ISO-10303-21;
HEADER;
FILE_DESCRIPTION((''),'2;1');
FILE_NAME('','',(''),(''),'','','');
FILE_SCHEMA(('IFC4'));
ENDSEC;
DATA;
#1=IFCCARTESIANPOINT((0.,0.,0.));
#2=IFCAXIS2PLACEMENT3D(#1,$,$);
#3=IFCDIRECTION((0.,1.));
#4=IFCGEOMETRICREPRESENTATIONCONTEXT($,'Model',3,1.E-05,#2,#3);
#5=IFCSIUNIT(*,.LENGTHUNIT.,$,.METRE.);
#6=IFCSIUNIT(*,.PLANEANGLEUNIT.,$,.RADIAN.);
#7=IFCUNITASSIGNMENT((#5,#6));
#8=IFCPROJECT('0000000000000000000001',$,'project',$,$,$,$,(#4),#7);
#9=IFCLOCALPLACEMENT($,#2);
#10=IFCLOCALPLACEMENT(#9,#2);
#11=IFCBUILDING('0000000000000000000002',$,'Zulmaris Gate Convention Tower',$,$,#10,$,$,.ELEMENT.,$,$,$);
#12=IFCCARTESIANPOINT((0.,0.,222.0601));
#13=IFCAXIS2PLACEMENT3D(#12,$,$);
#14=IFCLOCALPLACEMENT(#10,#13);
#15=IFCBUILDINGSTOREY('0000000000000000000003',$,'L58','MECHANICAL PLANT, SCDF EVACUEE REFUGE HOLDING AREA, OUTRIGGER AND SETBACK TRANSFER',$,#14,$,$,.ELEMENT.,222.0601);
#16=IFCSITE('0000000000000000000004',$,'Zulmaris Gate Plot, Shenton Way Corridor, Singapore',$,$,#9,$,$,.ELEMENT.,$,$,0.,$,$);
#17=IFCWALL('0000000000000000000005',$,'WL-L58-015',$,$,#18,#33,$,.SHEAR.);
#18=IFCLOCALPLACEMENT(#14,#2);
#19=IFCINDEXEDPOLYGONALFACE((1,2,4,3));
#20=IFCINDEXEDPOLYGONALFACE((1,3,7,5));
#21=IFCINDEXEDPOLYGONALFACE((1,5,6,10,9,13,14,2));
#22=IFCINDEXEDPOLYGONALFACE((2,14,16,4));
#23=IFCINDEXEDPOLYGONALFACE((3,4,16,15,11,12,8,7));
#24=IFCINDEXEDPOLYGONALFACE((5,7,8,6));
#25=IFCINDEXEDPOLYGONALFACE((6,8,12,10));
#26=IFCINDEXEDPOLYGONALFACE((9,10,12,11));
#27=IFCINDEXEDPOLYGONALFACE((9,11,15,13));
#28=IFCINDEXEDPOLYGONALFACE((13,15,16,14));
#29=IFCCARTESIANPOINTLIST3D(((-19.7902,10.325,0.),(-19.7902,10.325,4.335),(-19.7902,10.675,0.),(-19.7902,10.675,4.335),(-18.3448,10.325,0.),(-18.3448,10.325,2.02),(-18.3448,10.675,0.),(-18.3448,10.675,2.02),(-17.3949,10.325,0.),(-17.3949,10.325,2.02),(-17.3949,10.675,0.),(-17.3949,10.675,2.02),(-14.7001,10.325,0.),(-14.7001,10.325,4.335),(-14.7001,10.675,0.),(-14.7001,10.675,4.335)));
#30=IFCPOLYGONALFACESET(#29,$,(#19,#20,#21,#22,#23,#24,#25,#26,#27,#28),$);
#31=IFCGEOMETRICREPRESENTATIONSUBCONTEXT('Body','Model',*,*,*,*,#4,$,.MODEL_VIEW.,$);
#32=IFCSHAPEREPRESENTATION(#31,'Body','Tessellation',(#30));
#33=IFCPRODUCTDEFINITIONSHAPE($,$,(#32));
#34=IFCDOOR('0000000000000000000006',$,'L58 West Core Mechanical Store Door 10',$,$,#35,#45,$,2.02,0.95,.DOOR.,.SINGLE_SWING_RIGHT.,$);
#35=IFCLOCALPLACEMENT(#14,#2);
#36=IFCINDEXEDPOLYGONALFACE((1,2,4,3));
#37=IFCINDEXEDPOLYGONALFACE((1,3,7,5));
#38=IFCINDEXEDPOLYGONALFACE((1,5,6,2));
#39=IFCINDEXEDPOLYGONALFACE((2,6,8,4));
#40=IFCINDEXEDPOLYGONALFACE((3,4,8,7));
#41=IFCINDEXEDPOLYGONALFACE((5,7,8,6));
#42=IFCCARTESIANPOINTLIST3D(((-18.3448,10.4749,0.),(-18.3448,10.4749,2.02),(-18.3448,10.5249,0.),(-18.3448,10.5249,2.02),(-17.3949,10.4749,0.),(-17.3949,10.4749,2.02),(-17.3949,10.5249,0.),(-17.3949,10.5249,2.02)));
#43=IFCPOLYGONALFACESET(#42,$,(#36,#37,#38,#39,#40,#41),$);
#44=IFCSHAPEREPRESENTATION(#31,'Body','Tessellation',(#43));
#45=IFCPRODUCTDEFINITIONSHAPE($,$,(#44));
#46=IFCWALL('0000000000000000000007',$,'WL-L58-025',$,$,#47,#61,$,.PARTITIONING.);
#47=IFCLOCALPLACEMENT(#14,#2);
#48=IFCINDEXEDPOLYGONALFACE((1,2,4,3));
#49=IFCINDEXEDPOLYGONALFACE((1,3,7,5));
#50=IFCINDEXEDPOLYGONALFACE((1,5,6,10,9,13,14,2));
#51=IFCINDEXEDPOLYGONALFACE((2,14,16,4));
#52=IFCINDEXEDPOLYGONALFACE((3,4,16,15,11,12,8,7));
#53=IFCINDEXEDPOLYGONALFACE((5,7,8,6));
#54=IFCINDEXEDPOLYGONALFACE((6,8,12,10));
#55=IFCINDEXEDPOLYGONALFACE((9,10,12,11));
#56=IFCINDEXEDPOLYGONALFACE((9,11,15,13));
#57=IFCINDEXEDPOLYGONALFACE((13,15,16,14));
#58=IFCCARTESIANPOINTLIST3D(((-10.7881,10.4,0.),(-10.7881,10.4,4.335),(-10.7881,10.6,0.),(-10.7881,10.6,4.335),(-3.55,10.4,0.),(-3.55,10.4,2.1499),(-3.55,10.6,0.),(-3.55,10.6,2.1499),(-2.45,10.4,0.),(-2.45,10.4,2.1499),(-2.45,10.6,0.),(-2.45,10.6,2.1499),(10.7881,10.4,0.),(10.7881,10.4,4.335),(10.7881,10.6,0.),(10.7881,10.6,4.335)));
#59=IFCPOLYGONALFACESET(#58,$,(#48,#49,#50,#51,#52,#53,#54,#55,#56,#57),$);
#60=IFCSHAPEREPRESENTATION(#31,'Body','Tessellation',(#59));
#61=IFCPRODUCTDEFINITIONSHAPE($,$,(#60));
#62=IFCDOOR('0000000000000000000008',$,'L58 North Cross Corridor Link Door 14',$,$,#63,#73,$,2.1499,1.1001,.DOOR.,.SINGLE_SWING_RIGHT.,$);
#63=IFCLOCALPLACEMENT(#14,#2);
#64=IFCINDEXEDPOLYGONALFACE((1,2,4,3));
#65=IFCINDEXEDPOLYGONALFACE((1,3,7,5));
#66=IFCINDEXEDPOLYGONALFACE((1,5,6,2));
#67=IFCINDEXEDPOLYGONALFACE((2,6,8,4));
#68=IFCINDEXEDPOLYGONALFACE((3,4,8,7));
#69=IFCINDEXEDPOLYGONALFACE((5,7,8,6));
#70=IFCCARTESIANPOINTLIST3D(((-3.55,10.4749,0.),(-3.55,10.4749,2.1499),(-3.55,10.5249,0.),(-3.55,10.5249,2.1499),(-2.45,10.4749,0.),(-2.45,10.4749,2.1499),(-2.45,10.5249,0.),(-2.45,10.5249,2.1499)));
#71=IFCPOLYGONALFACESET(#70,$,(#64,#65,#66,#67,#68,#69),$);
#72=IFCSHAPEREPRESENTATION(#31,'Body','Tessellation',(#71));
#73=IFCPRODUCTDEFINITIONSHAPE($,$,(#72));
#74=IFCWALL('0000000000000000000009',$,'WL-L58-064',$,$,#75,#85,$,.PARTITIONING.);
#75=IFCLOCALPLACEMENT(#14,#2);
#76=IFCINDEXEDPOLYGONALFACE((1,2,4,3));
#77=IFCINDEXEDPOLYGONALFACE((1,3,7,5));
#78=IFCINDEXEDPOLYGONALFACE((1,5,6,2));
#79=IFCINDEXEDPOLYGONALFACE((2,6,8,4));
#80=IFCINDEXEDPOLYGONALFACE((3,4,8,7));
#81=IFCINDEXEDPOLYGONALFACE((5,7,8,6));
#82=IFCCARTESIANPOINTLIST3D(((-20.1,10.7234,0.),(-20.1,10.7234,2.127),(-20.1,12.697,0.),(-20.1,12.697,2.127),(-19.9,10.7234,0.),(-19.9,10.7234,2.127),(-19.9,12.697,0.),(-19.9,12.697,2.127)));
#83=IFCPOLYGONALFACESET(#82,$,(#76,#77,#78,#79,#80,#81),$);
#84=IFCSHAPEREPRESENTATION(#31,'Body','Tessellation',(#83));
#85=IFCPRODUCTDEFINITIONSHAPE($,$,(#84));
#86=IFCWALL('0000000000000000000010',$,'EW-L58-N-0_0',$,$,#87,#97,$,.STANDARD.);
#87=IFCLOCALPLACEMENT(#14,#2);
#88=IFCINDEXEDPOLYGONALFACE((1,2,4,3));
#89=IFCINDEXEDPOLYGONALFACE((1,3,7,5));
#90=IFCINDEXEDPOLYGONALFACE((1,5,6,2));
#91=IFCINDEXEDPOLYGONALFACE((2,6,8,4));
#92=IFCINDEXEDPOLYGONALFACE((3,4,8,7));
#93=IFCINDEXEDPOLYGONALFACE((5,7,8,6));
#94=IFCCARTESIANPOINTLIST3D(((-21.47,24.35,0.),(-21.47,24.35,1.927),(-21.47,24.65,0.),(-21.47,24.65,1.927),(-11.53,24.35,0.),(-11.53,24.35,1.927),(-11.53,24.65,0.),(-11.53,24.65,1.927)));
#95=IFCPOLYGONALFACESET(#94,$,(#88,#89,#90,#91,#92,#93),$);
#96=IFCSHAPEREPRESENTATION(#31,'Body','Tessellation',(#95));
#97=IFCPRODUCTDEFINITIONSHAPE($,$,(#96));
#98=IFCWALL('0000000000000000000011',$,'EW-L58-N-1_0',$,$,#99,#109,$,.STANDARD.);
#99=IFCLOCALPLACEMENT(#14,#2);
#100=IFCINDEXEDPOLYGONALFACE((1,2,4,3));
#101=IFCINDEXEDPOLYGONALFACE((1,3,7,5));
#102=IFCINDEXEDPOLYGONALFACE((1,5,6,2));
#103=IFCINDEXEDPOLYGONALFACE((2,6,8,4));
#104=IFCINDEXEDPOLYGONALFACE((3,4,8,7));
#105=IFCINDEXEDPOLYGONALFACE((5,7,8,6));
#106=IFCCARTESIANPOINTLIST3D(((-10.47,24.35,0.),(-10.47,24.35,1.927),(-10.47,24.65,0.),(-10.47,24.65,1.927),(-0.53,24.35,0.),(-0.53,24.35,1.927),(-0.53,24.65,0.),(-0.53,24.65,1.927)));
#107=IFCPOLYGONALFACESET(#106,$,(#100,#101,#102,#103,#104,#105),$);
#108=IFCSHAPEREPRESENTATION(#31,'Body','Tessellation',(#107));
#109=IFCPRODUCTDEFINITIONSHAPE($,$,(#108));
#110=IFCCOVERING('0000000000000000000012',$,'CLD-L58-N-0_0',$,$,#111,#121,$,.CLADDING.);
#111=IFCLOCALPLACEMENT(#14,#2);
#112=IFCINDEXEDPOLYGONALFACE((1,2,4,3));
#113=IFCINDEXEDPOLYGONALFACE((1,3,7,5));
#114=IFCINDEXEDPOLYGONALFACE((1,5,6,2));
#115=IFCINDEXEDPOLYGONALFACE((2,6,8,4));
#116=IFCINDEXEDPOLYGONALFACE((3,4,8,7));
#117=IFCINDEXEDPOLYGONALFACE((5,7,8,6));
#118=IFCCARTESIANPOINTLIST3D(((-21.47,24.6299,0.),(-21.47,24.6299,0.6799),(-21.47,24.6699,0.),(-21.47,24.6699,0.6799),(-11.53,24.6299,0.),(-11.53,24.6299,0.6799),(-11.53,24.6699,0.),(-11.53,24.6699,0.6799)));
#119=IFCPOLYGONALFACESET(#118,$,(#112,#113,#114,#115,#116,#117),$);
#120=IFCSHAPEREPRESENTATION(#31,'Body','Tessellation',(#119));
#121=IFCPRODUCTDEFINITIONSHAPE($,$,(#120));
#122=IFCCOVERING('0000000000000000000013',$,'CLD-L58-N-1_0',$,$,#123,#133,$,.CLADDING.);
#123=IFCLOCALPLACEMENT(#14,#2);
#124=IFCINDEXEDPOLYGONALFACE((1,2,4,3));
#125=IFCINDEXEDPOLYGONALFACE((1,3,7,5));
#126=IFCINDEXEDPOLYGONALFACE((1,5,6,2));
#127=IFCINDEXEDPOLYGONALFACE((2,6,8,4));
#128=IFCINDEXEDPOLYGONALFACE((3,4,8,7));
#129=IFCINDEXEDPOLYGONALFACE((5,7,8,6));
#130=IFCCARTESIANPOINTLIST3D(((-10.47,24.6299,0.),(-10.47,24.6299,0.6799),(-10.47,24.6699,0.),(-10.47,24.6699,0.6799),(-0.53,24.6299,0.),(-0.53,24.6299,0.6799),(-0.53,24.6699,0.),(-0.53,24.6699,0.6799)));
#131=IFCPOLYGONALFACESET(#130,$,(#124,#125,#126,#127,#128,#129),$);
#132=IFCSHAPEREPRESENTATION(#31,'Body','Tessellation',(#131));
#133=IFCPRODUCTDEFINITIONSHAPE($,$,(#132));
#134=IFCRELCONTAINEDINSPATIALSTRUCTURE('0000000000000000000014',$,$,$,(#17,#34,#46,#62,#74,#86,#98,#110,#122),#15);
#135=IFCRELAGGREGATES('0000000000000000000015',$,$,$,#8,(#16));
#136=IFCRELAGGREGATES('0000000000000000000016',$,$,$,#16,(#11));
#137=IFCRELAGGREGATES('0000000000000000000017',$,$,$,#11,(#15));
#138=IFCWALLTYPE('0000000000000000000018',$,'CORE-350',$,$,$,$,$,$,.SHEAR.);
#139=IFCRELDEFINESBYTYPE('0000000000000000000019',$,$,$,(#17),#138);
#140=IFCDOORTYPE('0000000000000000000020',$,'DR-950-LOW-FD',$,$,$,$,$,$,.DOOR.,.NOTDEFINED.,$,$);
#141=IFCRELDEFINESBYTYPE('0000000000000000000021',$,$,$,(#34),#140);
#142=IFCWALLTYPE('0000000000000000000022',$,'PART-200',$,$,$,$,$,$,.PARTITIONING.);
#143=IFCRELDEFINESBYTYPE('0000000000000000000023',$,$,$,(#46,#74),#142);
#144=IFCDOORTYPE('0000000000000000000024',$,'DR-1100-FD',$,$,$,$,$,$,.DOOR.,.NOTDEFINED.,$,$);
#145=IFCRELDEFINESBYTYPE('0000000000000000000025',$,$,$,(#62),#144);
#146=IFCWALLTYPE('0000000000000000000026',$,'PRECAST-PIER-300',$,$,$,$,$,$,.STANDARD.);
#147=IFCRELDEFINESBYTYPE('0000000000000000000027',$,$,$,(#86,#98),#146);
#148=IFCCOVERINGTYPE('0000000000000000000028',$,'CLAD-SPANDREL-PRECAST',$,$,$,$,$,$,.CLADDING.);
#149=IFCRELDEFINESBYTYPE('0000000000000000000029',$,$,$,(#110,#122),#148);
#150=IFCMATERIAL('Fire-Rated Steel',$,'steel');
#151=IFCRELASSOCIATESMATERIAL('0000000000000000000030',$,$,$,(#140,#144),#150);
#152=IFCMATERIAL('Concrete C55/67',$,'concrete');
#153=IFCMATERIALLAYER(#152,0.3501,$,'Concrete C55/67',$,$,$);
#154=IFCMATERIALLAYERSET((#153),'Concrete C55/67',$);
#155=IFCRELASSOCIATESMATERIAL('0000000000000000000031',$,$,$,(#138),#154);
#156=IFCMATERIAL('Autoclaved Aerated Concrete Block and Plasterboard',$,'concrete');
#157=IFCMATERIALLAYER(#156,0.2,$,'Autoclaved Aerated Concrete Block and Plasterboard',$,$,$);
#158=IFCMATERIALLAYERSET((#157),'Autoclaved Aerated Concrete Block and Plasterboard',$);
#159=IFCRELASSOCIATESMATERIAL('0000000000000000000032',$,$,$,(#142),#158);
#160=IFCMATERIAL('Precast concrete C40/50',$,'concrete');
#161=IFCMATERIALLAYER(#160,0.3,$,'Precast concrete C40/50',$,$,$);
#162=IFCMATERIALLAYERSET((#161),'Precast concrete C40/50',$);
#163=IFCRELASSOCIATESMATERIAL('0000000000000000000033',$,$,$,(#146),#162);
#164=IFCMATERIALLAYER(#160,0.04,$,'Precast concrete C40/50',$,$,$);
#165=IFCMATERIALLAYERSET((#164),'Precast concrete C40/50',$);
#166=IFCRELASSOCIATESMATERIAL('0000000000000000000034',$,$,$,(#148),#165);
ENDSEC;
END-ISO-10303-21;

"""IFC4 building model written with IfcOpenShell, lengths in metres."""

from ifc_helpers import new_model, si_unit, direction, frame, frame_2d, origin, place, context, subcontext, project, spatial, rectangle, extrude, material, layer, layer_set, type_object, element, fill, save


model = new_model("IFC4")

# Units and contexts
model_context = context("Model", 3, precision=1e-05, world=origin(), true_north=direction((0.0, 1.0)))
body_context = subcontext(model_context, "Body", "Model", "MODEL_VIEW")
ifc_project = project(units=[si_unit("LENGTHUNIT", "METRE"), si_unit("PLANEANGLEUNIT", "RADIAN")], contexts=[model_context])

# Site, building, storey
site_placement = place(None, origin())
site = spatial("IfcSite", under=ifc_project, at=site_placement, Name="Zulmaris Gate Plot, Shenton Way Corridor, Singapore", CompositionType="ELEMENT", RefElevation=0.0)
building_placement = place(site_placement, origin())
building = spatial("IfcBuilding", under=site, at=building_placement, Name="Zulmaris Gate Convention Tower", CompositionType="ELEMENT")
storey_placement = place(building_placement, frame((0.0, 0.0, 222.0601)))
storey = spatial("IfcBuildingStorey", under=building, at=storey_placement, Name="L58", Description="MECHANICAL PLANT, SCDF EVACUEE REFUGE HOLDING AREA, OUTRIGGER AND SETBACK TRANSFER", CompositionType="ELEMENT", Elevation=222.0601)

# Walls, openings, doors
ifc_material_1 = material(Name="Fire-Rated Steel", Category="steel")
door_type_1 = type_object("IfcDoorType", Name="DR-950-LOW-FD", OperationType="NOTDEFINED", PredefinedType="DOOR", material=ifc_material_1)
ifc_material_2 = material(Name="Concrete C55/67", Category="concrete")
ifc_layer_1 = layer(ifc_material_2, 0.3501, Name="Concrete C55/67")
ifc_layer_set_1 = layer_set([ifc_layer_1], Name="Concrete C55/67")
wall_type_1 = type_object("IfcWallType", Name="CORE-350", PredefinedType="SHEAR", material=ifc_layer_set_1)
wall_1_placement = place(storey_placement, frame((-19.79, 10.5, 0.0), z_axis=(0.0, 0.0, 1.0), x_axis=(1.0, 0.0, 0.0)))
wall_1 = element("IfcWall", 1, at=wall_1_placement, inside=storey, type_object=wall_type_1, Name="WL-L58-015", PredefinedType="SHEAR", context=body_context, shape_type="SweptSolid", body=[
    extrude(rectangle(XDim=5.0901, YDim=0.3501, at=frame_2d((2.5449, 0.0))), origin(), (0.0, 0.0, 1.0), 4.335),
])
opening_1_placement = place(wall_1_placement, frame((1.4451, 0.0, 0.0)))
opening_1 = element("IfcOpeningElement", 2, at=opening_1_placement, cuts=wall_1, PredefinedType="OPENING", context=body_context, shape_type="SweptSolid", body=[
    extrude(rectangle(XDim=0.95, YDim=2.02, at=frame_2d((0.4751, 1.01))), frame((0.0, 0.1851, 0.0), z_axis=(0.0, -1.0, 0.0), x_axis=(1.0, 0.0, 0.0)), (0.0, 0.0, 1.0), 0.3701),
])
door_1_placement = place(opening_1_placement, origin())
door_1 = element("IfcDoor", 3, at=door_1_placement, inside=storey, type_object=door_type_1, Name="L58 West Core Mechanical Store Door 10", OperationType="SINGLE_SWING_RIGHT", OverallHeight=2.02, OverallWidth=0.95, PredefinedType="DOOR", context=body_context, shape_type="SweptSolid", body=[
    extrude(rectangle(XDim=0.95, YDim=2.02, at=frame_2d((0.4751, 1.01))), frame((0.0, 0.0249, 0.0), z_axis=(0.0, -1.0, 0.0), x_axis=(1.0, 0.0, 0.0)), (0.0, 0.0, 1.0), 0.05),
])
fill(opening_1, door_1)
ifc_material_3 = material(Name="Autoclaved Aerated Concrete Block and Plasterboard", Category="concrete")
ifc_layer_2 = layer(ifc_material_3, 0.2, Name="Autoclaved Aerated Concrete Block and Plasterboard")
ifc_layer_set_2 = layer_set([ifc_layer_2], Name="Autoclaved Aerated Concrete Block and Plasterboard")
wall_type_2 = type_object("IfcWallType", Name="PART-200", PredefinedType="PARTITIONING", material=ifc_layer_set_2)
wall_2_placement = place(storey_placement, frame((-10.7881, 10.5, 0.0), z_axis=(0.0, 0.0, 1.0), x_axis=(1.0, 0.0, 0.0)))
wall_2 = element("IfcWall", 4, at=wall_2_placement, inside=storey, type_object=wall_type_2, Name="WL-L58-025", PredefinedType="PARTITIONING", context=body_context, shape_type="SweptSolid", body=[
    extrude(rectangle(XDim=21.5762, YDim=0.2, at=frame_2d((10.7881, 0.0))), origin(), (0.0, 0.0, 1.0), 4.335),
])
opening_2_placement = place(wall_2_placement, frame((7.238, 0.0, 0.0)))
opening_2 = element("IfcOpeningElement", 5, at=opening_2_placement, cuts=wall_2, PredefinedType="OPENING", context=body_context, shape_type="SweptSolid", body=[
    extrude(rectangle(XDim=1.1001, YDim=2.1499, at=frame_2d((0.55, 1.075))), frame((0.0, 0.1099, 0.0), z_axis=(0.0, -1.0, 0.0), x_axis=(1.0, 0.0, 0.0)), (0.0, 0.0, 1.0), 0.22),
])
door_type_2 = type_object("IfcDoorType", Name="DR-1100-FD", OperationType="NOTDEFINED", PredefinedType="DOOR", material=ifc_material_1)
door_2_placement = place(opening_2_placement, origin())
door_2 = element("IfcDoor", 6, at=door_2_placement, inside=storey, type_object=door_type_2, Name="L58 North Cross Corridor Link Door 14", OperationType="SINGLE_SWING_RIGHT", OverallHeight=2.1499, OverallWidth=1.1001, PredefinedType="DOOR", context=body_context, shape_type="SweptSolid", body=[
    extrude(rectangle(XDim=1.1001, YDim=2.1499, at=frame_2d((0.55, 1.075))), frame((0.0, 0.0249, 0.0), z_axis=(0.0, -1.0, 0.0), x_axis=(1.0, 0.0, 0.0)), (0.0, 0.0, 1.0), 0.05),
])
fill(opening_2, door_2)

# Walls
wall_3_placement = place(storey_placement, frame((-20.0, 10.7234, 0.0), z_axis=(0.0, 0.0, 1.0), x_axis=(0.0, 1.0, 0.0)))
element("IfcWall", 7, at=wall_3_placement, inside=storey, type_object=wall_type_2, Name="WL-L58-064", PredefinedType="PARTITIONING", context=body_context, shape_type="SweptSolid", body=[
    extrude(rectangle(XDim=1.9736, YDim=0.2, at=frame_2d((0.9868, 0.0))), origin(), (0.0, 0.0, 1.0), 2.127),
])
ifc_material_4 = material(Name="Precast concrete C40/50", Category="concrete")
ifc_layer_3 = layer(ifc_material_4, 0.3, Name="Precast concrete C40/50")
ifc_layer_set_3 = layer_set([ifc_layer_3], Name="Precast concrete C40/50")
wall_type_3 = type_object("IfcWallType", Name="PRECAST-PIER-300", PredefinedType="STANDARD", material=ifc_layer_set_3)
for number, where, z_axis, x_axis, name in (
    (8, (-11.53, 24.5, 0.0), (0.0, 0.0, 1.0), (-1.0, 0.0, 0.0), "EW-L58-N-0_0"),
    (9, (-0.53, 24.5, 0.0), (0.0, 0.0, 1.0), (-1.0, 0.0, 0.0), "EW-L58-N-1_0"),
):
    element("IfcWall", number, at=place(storey_placement, frame(where, z_axis=z_axis, x_axis=x_axis)), inside=storey, type_object=wall_type_3, Name=name, PredefinedType="STANDARD", context=body_context, shape_type="SweptSolid", body=[
        extrude(rectangle(XDim=9.9399, YDim=0.3, at=frame_2d((4.97, 0.0))), origin(), (0.0, 0.0, 1.0), 1.927),
    ])

# Coverings
ifc_layer_4 = layer(ifc_material_4, 0.04, Name="Precast concrete C40/50")
ifc_layer_set_4 = layer_set([ifc_layer_4], Name="Precast concrete C40/50")
covering_type = type_object("IfcCoveringType", Name="CLAD-SPANDREL-PRECAST", PredefinedType="CLADDING", material=ifc_layer_set_4)
for number, where, z_axis, x_axis, name in (
    (10, (-11.53, 24.6499, 0.0), (0.0, 0.0, 1.0), (-1.0, 0.0, 0.0), "CLD-L58-N-0_0"),
    (11, (-0.53, 24.6499, 0.0), (0.0, 0.0, 1.0), (-1.0, 0.0, 0.0), "CLD-L58-N-1_0"),
):
    element("IfcCovering", number, at=place(storey_placement, frame(where, z_axis=z_axis, x_axis=x_axis)), inside=storey, type_object=covering_type, Name=name, PredefinedType="CLADDING", context=body_context, shape_type="SweptSolid", body=[
        extrude(rectangle(XDim=9.9399, YDim=0.04, at=frame_2d((4.97, 0.0))), origin(), (0.0, 0.0, 1.0), 0.6799),
    ])

save(model, "model.ifc")
